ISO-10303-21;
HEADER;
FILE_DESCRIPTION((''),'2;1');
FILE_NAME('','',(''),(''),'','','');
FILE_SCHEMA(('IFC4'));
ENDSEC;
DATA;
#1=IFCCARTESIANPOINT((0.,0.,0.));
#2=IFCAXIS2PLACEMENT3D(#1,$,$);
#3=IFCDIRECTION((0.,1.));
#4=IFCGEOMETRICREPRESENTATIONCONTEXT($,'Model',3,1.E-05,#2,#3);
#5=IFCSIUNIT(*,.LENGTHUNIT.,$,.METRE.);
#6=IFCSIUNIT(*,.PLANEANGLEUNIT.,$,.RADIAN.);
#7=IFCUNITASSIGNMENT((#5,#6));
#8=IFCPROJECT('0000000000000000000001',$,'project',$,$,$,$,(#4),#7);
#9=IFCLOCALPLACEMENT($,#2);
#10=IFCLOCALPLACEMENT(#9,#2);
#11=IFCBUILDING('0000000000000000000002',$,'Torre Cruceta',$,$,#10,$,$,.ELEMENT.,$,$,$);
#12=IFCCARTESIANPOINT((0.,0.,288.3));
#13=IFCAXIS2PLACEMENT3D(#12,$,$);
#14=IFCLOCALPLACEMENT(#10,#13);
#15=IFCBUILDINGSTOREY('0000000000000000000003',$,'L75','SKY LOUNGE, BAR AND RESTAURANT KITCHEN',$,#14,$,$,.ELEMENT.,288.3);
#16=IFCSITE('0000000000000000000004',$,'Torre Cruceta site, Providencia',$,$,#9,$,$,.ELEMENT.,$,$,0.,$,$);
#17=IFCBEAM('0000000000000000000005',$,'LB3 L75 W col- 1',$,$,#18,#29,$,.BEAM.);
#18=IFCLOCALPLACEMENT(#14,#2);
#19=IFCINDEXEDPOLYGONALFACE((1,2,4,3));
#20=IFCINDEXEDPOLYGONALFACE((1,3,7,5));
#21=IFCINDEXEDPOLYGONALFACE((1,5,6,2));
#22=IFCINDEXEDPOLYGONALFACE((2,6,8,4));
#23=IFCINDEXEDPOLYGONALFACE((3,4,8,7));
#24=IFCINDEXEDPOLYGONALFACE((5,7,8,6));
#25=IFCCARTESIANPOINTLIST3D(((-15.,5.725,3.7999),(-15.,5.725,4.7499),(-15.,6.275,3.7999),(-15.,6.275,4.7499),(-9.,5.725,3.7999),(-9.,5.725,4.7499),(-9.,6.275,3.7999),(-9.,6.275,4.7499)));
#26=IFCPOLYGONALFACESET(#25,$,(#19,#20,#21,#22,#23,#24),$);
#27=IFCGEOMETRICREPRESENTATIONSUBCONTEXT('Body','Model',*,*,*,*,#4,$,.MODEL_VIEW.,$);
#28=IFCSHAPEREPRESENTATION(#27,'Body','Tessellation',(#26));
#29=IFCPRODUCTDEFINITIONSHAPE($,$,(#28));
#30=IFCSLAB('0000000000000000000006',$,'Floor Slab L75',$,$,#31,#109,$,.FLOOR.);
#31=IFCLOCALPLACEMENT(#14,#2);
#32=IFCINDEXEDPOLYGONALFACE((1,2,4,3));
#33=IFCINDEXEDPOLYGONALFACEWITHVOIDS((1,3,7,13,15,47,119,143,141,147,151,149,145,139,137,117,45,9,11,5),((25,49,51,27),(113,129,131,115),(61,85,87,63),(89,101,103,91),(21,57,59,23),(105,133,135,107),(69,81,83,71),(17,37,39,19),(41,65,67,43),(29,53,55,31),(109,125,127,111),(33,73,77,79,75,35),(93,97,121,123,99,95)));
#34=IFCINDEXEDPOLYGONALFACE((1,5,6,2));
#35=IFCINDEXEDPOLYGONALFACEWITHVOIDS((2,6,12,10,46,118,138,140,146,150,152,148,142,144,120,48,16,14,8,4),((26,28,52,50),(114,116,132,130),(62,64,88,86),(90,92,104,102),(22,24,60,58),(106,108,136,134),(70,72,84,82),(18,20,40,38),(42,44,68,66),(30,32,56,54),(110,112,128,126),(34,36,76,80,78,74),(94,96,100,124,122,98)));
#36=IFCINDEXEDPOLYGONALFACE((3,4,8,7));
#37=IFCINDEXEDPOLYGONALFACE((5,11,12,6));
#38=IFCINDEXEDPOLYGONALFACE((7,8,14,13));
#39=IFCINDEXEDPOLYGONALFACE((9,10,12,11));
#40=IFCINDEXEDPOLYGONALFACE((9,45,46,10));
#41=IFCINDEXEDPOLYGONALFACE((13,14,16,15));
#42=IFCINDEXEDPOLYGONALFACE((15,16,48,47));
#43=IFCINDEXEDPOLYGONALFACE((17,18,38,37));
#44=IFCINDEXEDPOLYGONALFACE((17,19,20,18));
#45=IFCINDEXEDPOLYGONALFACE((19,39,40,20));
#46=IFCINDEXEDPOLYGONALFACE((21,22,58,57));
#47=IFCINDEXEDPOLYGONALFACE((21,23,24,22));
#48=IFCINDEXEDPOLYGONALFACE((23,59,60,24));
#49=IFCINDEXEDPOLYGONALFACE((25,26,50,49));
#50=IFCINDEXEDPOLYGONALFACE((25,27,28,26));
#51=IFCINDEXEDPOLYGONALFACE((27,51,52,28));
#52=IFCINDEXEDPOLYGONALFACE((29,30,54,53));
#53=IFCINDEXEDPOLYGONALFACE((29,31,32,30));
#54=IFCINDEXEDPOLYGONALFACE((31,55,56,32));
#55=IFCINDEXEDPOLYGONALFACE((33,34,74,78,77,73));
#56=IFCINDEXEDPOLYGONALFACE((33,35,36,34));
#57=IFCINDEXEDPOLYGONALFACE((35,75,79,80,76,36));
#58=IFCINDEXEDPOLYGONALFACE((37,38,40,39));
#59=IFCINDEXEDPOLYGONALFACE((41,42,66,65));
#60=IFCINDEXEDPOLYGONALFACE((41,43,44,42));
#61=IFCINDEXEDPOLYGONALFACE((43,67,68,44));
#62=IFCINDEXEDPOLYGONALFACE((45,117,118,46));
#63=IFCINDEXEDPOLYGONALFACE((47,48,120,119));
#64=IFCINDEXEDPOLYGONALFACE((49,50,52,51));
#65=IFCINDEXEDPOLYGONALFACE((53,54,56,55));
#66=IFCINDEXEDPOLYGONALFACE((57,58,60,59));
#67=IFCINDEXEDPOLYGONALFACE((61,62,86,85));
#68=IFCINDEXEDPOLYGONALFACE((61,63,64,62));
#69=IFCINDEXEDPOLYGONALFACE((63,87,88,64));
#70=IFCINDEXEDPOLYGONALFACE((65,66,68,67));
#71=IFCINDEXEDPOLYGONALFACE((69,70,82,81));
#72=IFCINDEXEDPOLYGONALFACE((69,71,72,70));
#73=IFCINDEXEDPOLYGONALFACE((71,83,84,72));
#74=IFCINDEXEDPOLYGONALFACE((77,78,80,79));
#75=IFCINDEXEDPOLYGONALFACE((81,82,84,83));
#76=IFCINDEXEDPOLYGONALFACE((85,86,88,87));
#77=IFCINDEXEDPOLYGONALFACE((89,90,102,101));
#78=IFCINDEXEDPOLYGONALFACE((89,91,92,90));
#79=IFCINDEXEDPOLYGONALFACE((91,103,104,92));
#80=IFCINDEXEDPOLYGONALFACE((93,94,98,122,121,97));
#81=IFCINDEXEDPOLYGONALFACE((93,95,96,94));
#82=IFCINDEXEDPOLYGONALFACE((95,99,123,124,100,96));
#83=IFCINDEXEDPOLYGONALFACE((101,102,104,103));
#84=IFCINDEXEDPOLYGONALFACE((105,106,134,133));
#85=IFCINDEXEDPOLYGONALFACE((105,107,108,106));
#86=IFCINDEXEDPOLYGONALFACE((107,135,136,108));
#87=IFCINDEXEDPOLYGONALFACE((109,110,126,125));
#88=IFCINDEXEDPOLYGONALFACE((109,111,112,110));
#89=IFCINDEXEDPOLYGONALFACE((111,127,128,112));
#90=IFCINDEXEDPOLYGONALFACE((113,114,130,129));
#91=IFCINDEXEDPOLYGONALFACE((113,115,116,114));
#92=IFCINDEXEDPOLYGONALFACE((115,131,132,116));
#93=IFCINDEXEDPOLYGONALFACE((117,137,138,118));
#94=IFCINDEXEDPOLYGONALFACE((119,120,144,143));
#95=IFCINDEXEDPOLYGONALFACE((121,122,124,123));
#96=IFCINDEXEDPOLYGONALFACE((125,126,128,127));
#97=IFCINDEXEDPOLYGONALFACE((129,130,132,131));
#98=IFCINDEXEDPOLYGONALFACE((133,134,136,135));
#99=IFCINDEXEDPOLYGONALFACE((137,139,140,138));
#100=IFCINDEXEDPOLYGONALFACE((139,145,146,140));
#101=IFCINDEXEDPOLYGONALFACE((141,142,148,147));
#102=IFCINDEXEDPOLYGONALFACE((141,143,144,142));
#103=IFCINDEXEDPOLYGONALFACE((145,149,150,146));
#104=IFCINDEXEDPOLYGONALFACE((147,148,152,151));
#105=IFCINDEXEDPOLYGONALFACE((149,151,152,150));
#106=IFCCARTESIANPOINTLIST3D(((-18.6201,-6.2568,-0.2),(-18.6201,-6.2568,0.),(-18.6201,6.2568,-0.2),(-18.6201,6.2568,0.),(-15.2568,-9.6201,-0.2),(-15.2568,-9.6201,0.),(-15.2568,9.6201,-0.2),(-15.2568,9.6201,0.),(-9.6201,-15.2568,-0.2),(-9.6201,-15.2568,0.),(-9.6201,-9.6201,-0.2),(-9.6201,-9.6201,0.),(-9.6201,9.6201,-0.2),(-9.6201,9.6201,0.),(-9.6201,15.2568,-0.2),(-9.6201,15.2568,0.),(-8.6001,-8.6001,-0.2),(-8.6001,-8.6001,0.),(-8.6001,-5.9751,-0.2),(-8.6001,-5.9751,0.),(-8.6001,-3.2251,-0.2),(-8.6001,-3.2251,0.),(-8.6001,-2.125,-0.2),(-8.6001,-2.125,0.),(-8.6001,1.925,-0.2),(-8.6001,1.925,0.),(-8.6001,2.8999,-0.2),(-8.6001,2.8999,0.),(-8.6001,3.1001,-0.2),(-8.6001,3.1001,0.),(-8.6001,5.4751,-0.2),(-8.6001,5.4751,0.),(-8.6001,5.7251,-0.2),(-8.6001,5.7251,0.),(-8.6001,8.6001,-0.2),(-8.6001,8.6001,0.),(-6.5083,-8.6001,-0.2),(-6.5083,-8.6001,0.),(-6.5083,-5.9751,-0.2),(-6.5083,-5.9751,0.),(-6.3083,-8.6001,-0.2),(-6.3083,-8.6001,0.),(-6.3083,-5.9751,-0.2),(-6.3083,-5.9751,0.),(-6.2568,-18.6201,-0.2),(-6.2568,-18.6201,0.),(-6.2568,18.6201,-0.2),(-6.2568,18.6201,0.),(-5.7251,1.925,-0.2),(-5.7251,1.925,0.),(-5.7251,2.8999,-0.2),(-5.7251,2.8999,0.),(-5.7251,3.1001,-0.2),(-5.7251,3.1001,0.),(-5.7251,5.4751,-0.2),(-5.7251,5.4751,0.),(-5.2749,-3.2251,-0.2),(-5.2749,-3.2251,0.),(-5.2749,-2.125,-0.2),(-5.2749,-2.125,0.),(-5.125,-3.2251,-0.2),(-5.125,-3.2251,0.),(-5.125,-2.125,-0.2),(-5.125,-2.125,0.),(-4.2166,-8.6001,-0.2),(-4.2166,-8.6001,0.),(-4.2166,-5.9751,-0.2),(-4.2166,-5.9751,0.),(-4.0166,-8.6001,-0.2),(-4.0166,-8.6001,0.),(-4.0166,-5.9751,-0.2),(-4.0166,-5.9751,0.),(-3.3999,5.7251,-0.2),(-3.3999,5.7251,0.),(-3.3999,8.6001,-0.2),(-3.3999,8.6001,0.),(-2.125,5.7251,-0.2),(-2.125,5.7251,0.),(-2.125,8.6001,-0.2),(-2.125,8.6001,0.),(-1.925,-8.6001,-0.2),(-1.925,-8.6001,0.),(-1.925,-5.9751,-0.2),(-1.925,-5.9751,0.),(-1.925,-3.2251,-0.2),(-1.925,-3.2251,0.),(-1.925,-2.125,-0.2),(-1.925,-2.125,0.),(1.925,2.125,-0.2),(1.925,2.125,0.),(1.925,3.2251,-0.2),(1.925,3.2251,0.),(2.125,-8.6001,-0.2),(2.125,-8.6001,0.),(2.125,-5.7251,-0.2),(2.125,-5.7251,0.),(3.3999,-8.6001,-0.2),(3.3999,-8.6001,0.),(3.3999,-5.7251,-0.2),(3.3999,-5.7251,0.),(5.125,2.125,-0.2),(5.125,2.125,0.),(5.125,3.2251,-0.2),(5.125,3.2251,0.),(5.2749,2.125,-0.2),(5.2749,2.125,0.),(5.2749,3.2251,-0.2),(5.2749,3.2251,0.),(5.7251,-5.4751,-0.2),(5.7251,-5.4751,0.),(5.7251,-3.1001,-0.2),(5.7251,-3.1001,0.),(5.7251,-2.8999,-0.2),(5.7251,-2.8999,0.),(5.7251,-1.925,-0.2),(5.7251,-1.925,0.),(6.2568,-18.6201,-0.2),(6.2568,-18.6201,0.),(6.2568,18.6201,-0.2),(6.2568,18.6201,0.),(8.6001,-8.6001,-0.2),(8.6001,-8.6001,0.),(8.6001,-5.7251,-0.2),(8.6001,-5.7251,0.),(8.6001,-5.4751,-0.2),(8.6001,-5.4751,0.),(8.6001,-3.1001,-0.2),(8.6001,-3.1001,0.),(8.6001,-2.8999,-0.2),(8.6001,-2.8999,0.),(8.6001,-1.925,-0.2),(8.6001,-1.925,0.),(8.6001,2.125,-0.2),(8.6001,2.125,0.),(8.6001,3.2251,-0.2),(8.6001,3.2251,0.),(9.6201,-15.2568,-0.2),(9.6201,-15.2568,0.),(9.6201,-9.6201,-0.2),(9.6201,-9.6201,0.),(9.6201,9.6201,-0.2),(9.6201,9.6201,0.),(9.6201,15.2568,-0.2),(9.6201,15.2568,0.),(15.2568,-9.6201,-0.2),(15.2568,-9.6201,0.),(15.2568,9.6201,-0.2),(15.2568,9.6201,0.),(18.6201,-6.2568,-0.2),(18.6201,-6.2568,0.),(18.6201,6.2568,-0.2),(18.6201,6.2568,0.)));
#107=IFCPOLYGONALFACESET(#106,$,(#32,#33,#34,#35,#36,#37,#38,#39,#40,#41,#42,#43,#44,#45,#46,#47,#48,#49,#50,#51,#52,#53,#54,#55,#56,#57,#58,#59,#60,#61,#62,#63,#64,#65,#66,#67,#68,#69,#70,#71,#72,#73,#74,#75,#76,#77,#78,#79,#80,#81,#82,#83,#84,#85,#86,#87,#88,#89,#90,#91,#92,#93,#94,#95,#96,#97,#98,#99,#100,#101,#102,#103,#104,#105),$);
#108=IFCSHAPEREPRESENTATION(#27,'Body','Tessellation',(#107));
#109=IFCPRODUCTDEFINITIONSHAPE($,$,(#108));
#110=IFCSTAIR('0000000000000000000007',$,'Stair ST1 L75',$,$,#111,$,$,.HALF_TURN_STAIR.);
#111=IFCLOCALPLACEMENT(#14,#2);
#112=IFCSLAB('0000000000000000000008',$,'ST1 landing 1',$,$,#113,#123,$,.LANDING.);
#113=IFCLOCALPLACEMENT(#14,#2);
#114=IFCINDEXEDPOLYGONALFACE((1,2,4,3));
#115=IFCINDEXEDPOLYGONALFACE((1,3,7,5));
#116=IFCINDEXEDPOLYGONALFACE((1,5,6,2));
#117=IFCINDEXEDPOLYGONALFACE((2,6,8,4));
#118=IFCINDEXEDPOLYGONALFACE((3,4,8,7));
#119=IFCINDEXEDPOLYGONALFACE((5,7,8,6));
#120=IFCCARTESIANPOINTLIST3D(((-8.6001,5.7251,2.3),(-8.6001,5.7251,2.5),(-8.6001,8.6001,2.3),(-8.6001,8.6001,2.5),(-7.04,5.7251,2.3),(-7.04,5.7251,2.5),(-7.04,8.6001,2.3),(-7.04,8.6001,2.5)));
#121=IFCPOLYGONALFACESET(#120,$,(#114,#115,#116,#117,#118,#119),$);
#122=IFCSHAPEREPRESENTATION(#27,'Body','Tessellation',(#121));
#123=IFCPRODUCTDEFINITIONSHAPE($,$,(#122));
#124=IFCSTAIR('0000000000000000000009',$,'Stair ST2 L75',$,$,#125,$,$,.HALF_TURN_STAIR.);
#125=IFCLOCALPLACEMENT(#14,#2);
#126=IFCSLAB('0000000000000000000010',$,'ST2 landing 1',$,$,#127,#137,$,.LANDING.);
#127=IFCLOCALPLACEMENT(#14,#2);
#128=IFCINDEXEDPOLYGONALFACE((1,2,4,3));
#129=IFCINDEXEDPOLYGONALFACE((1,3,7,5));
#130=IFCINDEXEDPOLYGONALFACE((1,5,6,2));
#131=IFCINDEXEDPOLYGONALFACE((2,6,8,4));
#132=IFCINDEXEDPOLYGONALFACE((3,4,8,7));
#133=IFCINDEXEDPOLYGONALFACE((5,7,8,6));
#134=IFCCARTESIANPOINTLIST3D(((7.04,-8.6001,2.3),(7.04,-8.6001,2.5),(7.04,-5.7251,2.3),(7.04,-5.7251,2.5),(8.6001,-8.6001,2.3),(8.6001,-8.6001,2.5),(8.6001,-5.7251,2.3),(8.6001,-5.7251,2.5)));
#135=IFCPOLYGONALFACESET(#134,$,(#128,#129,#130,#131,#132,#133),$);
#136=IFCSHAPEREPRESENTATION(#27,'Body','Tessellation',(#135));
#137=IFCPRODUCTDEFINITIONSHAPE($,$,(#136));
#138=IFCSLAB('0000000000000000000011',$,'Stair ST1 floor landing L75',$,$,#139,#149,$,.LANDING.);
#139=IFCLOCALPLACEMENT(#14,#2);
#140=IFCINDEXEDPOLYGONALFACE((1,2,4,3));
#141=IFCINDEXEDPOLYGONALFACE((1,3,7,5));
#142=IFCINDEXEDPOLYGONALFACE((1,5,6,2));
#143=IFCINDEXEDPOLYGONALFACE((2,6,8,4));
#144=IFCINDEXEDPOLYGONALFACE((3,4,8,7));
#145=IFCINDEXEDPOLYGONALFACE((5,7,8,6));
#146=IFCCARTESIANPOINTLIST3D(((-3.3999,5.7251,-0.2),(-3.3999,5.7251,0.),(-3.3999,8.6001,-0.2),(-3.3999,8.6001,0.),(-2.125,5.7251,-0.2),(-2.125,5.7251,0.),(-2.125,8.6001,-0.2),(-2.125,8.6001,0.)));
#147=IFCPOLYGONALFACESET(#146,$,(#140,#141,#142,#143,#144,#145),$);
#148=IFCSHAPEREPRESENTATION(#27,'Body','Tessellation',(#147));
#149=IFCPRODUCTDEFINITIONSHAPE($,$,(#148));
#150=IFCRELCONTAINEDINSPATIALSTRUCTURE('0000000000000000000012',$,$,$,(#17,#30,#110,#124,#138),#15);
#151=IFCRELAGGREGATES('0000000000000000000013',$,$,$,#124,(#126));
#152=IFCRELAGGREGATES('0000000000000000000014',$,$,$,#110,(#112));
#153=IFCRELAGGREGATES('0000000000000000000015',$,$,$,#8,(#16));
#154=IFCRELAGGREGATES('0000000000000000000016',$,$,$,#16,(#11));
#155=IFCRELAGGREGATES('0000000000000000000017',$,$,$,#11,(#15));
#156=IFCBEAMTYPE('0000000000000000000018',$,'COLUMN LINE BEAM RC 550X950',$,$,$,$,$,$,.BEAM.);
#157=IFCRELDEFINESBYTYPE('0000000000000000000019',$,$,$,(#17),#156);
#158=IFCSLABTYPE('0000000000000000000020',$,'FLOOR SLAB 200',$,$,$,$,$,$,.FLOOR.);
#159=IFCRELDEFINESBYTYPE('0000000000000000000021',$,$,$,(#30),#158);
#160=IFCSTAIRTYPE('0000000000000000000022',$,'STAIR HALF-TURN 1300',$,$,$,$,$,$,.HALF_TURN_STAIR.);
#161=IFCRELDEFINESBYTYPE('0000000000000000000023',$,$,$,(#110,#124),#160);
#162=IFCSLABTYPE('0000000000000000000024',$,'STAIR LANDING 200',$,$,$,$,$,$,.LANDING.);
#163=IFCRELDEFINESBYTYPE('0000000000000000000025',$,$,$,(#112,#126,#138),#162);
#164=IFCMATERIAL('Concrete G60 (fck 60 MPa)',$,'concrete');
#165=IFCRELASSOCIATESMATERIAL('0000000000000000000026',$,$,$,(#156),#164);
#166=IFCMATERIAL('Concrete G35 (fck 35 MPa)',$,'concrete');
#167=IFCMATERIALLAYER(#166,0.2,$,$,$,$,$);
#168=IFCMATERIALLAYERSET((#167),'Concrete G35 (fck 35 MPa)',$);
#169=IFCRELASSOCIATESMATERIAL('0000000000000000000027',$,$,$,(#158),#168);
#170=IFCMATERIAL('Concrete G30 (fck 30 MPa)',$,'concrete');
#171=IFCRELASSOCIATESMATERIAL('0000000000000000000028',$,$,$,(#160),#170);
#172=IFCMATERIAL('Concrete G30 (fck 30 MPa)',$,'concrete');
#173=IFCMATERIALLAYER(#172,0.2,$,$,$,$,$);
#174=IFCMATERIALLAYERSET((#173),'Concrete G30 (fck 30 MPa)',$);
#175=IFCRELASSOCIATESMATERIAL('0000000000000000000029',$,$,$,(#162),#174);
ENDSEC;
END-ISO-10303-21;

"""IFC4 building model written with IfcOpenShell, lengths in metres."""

from ifc_helpers import new_model, si_unit, direction, frame, origin, origin_2d, place, context, subcontext, project, spatial, polyline, rectangle, outline, extrude, material, layer, layer_set, material_profile, profile_set, type_object, element, aggregate, save


model = new_model("IFC4")

# Units and contexts
model_context = context("Model", 3, precision=1e-05, world=origin(), true_north=direction((0.0, 1.0)))
body_context = subcontext(model_context, "Body", "Model", "MODEL_VIEW")
ifc_project = project(units=[si_unit("LENGTHUNIT", "METRE"), si_unit("PLANEANGLEUNIT", "RADIAN")], contexts=[model_context])

# Site, building, storey
site_placement = place(None, origin())
site = spatial("IfcSite", under=ifc_project, at=site_placement, Name="Torre Cruceta site, Providencia", CompositionType="ELEMENT", RefElevation=0.0)
building_placement = place(site_placement, origin())
building = spatial("IfcBuilding", under=site, at=building_placement, Name="Torre Cruceta", CompositionType="ELEMENT")
storey_placement = place(building_placement, frame((0.0, 0.0, 288.3)))
storey = spatial("IfcBuildingStorey", under=building, at=storey_placement, Name="L75", Description="SKY LOUNGE, BAR AND RESTAURANT KITCHEN", CompositionType="ELEMENT", Elevation=288.3)

# Beam
ifc_material_1 = material(Name="Concrete G60 (fck 60 MPa)", Category="concrete")
ifc_material_profile = material_profile(ifc_material_1, rectangle(XDim=0.55, YDim=0.95, at=origin_2d()), Name="RC 550X950")
ifc_profile_set = profile_set([ifc_material_profile], Name="Concrete G60 (fck 60 MPa)")
beam_type = type_object("IfcBeamType", Name="COLUMN LINE BEAM RC 550X950", PredefinedType="BEAM", material=ifc_profile_set)
beam_placement = place(storey_placement, frame((-9.0, 6.0, 4.2749), z_axis=(-1.0, 0.0, 0.0), x_axis=(0.0, -1.0, 0.0)))
element("IfcBeam", 1, at=beam_placement, inside=storey, type_object=beam_type, Name="LB3 L75 W col- 1", PredefinedType="BEAM", context=body_context, shape_type="SweptSolid", body=[
    extrude(rectangle(XDim=0.55, YDim=0.95, at=origin_2d()), origin(), (0.0, 0.0, 1.0), 6.0),
])

# Slab
ifc_material_2 = material(Name="Concrete G35 (fck 35 MPa)", Category="concrete")
ifc_layer_1 = layer(ifc_material_2, 0.2)
ifc_layer_set_1 = layer_set([ifc_layer_1], Name="Concrete G35 (fck 35 MPa)")
slab_type_1 = type_object("IfcSlabType", Name="FLOOR SLAB 200", PredefinedType="FLOOR", material=ifc_layer_set_1)
slab_1_placement = place(storey_placement, frame((0.0, 0.0, -0.2)))
element("IfcSlab", 2, at=slab_1_placement, inside=storey, type_object=slab_type_1, Name="Floor Slab L75", PredefinedType="FLOOR", context=body_context, shape_type="SweptSolid", body=[
    extrude(outline(polyline([(9.6201, -9.6201), (9.6201, -15.2568), (6.2568, -18.6201), (-6.2568, -18.6201), (-9.6201, -15.2568), (-9.6201, -9.6201), (-15.2568, -9.6201), (-18.6201, -6.2568), (-18.6201, 6.2568), (-15.2568, 9.6201), (-9.6201, 9.6201), (-9.6201, 15.2568), (-6.2568, 18.6201), (6.2568, 18.6201), (9.6201, 15.2568), (9.6201, 9.6201), (15.2568, 9.6201), (18.6201, 6.2568), (18.6201, -6.2568), (15.2568, -9.6201), (9.6201, -9.6201)]), holes=[polyline([(1.925, 2.125), (5.125, 2.125), (5.125, 3.2251), (1.925, 3.2251), (1.925, 2.125)]), polyline([(5.2749, 2.125), (8.6001, 2.125), (8.6001, 3.2251), (5.2749, 3.2251), (5.2749, 2.125)]), polyline([(-8.6001, 3.1001), (-5.7251, 3.1001), (-5.7251, 5.4751), (-8.6001, 5.4751), (-8.6001, 3.1001)]), polyline([(-8.6001, 1.925), (-5.7251, 1.925), (-5.7251, 2.8999), (-8.6001, 2.8999), (-8.6001, 1.925)]), polyline([(-4.0166, -8.6001), (-1.925, -8.6001), (-1.925, -5.9751), (-4.0166, -5.9751), (-4.0166, -8.6001)]), polyline([(-6.3083, -8.6001), (-4.2166, -8.6001), (-4.2166, -5.9751), (-6.3083, -5.9751), (-6.3083, -8.6001)]), polyline([(-8.6001, -8.6001), (-6.5083, -8.6001), (-6.5083, -5.9751), (-8.6001, -5.9751), (-8.6001, -8.6001)]), polyline([(-5.125, -3.2251), (-1.925, -3.2251), (-1.925, -2.125), (-5.125, -2.125), (-5.125, -3.2251)]), polyline([(-8.6001, -3.2251), (-5.2749, -3.2251), (-5.2749, -2.125), (-8.6001, -2.125), (-8.6001, -3.2251)]), polyline([(5.7251, -5.4751), (8.6001, -5.4751), (8.6001, -3.1001), (5.7251, -3.1001), (5.7251, -5.4751)]), polyline([(5.7251, -2.8999), (8.6001, -2.8999), (8.6001, -1.925), (5.7251, -1.925), (5.7251, -2.8999)]), polyline([(-8.6001, 5.7251), (-8.6001, 8.6001), (-3.3999, 8.6001), (-2.125, 8.6001), (-2.125, 5.7251), (-3.3999, 5.7251), (-8.6001, 5.7251)]), polyline([(2.125, -5.7251), (3.3999, -5.7251), (8.6001, -5.7251), (8.6001, -8.6001), (3.3999, -8.6001), (2.125, -8.6001), (2.125, -5.7251)])]), origin(), (0.0, 0.0, 1.0), 0.2),
])

# Stairs, slabs
ifc_material_3 = material(Name="Concrete G30 (fck 30 MPa)", Category="concrete")
stair_type = type_object("IfcStairType", Name="STAIR HALF-TURN 1300", PredefinedType="HALF_TURN_STAIR", material=ifc_material_3)
stair_1_placement = place(storey_placement, origin())
stair_1 = element("IfcStair", 3, at=stair_1_placement, inside=storey, type_object=stair_type, Name="Stair ST1 L75", PredefinedType="HALF_TURN_STAIR")
ifc_material_4 = material(Name="Concrete G30 (fck 30 MPa)", Category="concrete")
ifc_layer_2 = layer(ifc_material_4, 0.2)
ifc_layer_set_2 = layer_set([ifc_layer_2], Name="Concrete G30 (fck 30 MPa)")
slab_type_2 = type_object("IfcSlabType", Name="STAIR LANDING 200", PredefinedType="LANDING", material=ifc_layer_set_2)
slab_2_placement = place(storey_placement, frame((0.0, 0.0, 2.3)))
slab_2 = element("IfcSlab", 4, at=slab_2_placement, type_object=slab_type_2, Name="ST1 landing 1", PredefinedType="LANDING", context=body_context, shape_type="SweptSolid", body=[
    extrude(outline(polyline([(-8.6001, 5.7251), (-7.04, 5.7251), (-7.04, 8.6001), (-8.6001, 8.6001), (-8.6001, 5.7251)])), origin(), (0.0, 0.0, 1.0), 0.2),
])
stair_2_placement = place(storey_placement, origin())
stair_2 = element("IfcStair", 5, at=stair_2_placement, inside=storey, type_object=stair_type, Name="Stair ST2 L75", PredefinedType="HALF_TURN_STAIR")
slab_3_placement = place(storey_placement, frame((0.0, 0.0, 2.3)))
slab_3 = element("IfcSlab", 6, at=slab_3_placement, type_object=slab_type_2, Name="ST2 landing 1", PredefinedType="LANDING", context=body_context, shape_type="SweptSolid", body=[
    extrude(outline(polyline([(7.04, -8.6001), (8.6001, -8.6001), (8.6001, -5.7251), (7.04, -5.7251), (7.04, -8.6001)])), origin(), (0.0, 0.0, 1.0), 0.2),
])
aggregate(stair_2, [slab_3])

# Slab
slab_4_placement = place(storey_placement, frame((0.0, 0.0, -0.2)))
element("IfcSlab", 7, at=slab_4_placement, inside=storey, type_object=slab_type_2, Name="Stair ST1 floor landing L75", PredefinedType="LANDING", context=body_context, shape_type="SweptSolid", body=[
    extrude(outline(polyline([(-2.125, 8.6001), (-2.125, 5.7251), (-3.3999, 5.7251), (-3.3999, 8.6001), (-2.125, 8.6001)])), origin(), (0.0, 0.0, 1.0), 0.2),
])

aggregate(stair_1, [slab_2])

save(model, "model.ifc")
